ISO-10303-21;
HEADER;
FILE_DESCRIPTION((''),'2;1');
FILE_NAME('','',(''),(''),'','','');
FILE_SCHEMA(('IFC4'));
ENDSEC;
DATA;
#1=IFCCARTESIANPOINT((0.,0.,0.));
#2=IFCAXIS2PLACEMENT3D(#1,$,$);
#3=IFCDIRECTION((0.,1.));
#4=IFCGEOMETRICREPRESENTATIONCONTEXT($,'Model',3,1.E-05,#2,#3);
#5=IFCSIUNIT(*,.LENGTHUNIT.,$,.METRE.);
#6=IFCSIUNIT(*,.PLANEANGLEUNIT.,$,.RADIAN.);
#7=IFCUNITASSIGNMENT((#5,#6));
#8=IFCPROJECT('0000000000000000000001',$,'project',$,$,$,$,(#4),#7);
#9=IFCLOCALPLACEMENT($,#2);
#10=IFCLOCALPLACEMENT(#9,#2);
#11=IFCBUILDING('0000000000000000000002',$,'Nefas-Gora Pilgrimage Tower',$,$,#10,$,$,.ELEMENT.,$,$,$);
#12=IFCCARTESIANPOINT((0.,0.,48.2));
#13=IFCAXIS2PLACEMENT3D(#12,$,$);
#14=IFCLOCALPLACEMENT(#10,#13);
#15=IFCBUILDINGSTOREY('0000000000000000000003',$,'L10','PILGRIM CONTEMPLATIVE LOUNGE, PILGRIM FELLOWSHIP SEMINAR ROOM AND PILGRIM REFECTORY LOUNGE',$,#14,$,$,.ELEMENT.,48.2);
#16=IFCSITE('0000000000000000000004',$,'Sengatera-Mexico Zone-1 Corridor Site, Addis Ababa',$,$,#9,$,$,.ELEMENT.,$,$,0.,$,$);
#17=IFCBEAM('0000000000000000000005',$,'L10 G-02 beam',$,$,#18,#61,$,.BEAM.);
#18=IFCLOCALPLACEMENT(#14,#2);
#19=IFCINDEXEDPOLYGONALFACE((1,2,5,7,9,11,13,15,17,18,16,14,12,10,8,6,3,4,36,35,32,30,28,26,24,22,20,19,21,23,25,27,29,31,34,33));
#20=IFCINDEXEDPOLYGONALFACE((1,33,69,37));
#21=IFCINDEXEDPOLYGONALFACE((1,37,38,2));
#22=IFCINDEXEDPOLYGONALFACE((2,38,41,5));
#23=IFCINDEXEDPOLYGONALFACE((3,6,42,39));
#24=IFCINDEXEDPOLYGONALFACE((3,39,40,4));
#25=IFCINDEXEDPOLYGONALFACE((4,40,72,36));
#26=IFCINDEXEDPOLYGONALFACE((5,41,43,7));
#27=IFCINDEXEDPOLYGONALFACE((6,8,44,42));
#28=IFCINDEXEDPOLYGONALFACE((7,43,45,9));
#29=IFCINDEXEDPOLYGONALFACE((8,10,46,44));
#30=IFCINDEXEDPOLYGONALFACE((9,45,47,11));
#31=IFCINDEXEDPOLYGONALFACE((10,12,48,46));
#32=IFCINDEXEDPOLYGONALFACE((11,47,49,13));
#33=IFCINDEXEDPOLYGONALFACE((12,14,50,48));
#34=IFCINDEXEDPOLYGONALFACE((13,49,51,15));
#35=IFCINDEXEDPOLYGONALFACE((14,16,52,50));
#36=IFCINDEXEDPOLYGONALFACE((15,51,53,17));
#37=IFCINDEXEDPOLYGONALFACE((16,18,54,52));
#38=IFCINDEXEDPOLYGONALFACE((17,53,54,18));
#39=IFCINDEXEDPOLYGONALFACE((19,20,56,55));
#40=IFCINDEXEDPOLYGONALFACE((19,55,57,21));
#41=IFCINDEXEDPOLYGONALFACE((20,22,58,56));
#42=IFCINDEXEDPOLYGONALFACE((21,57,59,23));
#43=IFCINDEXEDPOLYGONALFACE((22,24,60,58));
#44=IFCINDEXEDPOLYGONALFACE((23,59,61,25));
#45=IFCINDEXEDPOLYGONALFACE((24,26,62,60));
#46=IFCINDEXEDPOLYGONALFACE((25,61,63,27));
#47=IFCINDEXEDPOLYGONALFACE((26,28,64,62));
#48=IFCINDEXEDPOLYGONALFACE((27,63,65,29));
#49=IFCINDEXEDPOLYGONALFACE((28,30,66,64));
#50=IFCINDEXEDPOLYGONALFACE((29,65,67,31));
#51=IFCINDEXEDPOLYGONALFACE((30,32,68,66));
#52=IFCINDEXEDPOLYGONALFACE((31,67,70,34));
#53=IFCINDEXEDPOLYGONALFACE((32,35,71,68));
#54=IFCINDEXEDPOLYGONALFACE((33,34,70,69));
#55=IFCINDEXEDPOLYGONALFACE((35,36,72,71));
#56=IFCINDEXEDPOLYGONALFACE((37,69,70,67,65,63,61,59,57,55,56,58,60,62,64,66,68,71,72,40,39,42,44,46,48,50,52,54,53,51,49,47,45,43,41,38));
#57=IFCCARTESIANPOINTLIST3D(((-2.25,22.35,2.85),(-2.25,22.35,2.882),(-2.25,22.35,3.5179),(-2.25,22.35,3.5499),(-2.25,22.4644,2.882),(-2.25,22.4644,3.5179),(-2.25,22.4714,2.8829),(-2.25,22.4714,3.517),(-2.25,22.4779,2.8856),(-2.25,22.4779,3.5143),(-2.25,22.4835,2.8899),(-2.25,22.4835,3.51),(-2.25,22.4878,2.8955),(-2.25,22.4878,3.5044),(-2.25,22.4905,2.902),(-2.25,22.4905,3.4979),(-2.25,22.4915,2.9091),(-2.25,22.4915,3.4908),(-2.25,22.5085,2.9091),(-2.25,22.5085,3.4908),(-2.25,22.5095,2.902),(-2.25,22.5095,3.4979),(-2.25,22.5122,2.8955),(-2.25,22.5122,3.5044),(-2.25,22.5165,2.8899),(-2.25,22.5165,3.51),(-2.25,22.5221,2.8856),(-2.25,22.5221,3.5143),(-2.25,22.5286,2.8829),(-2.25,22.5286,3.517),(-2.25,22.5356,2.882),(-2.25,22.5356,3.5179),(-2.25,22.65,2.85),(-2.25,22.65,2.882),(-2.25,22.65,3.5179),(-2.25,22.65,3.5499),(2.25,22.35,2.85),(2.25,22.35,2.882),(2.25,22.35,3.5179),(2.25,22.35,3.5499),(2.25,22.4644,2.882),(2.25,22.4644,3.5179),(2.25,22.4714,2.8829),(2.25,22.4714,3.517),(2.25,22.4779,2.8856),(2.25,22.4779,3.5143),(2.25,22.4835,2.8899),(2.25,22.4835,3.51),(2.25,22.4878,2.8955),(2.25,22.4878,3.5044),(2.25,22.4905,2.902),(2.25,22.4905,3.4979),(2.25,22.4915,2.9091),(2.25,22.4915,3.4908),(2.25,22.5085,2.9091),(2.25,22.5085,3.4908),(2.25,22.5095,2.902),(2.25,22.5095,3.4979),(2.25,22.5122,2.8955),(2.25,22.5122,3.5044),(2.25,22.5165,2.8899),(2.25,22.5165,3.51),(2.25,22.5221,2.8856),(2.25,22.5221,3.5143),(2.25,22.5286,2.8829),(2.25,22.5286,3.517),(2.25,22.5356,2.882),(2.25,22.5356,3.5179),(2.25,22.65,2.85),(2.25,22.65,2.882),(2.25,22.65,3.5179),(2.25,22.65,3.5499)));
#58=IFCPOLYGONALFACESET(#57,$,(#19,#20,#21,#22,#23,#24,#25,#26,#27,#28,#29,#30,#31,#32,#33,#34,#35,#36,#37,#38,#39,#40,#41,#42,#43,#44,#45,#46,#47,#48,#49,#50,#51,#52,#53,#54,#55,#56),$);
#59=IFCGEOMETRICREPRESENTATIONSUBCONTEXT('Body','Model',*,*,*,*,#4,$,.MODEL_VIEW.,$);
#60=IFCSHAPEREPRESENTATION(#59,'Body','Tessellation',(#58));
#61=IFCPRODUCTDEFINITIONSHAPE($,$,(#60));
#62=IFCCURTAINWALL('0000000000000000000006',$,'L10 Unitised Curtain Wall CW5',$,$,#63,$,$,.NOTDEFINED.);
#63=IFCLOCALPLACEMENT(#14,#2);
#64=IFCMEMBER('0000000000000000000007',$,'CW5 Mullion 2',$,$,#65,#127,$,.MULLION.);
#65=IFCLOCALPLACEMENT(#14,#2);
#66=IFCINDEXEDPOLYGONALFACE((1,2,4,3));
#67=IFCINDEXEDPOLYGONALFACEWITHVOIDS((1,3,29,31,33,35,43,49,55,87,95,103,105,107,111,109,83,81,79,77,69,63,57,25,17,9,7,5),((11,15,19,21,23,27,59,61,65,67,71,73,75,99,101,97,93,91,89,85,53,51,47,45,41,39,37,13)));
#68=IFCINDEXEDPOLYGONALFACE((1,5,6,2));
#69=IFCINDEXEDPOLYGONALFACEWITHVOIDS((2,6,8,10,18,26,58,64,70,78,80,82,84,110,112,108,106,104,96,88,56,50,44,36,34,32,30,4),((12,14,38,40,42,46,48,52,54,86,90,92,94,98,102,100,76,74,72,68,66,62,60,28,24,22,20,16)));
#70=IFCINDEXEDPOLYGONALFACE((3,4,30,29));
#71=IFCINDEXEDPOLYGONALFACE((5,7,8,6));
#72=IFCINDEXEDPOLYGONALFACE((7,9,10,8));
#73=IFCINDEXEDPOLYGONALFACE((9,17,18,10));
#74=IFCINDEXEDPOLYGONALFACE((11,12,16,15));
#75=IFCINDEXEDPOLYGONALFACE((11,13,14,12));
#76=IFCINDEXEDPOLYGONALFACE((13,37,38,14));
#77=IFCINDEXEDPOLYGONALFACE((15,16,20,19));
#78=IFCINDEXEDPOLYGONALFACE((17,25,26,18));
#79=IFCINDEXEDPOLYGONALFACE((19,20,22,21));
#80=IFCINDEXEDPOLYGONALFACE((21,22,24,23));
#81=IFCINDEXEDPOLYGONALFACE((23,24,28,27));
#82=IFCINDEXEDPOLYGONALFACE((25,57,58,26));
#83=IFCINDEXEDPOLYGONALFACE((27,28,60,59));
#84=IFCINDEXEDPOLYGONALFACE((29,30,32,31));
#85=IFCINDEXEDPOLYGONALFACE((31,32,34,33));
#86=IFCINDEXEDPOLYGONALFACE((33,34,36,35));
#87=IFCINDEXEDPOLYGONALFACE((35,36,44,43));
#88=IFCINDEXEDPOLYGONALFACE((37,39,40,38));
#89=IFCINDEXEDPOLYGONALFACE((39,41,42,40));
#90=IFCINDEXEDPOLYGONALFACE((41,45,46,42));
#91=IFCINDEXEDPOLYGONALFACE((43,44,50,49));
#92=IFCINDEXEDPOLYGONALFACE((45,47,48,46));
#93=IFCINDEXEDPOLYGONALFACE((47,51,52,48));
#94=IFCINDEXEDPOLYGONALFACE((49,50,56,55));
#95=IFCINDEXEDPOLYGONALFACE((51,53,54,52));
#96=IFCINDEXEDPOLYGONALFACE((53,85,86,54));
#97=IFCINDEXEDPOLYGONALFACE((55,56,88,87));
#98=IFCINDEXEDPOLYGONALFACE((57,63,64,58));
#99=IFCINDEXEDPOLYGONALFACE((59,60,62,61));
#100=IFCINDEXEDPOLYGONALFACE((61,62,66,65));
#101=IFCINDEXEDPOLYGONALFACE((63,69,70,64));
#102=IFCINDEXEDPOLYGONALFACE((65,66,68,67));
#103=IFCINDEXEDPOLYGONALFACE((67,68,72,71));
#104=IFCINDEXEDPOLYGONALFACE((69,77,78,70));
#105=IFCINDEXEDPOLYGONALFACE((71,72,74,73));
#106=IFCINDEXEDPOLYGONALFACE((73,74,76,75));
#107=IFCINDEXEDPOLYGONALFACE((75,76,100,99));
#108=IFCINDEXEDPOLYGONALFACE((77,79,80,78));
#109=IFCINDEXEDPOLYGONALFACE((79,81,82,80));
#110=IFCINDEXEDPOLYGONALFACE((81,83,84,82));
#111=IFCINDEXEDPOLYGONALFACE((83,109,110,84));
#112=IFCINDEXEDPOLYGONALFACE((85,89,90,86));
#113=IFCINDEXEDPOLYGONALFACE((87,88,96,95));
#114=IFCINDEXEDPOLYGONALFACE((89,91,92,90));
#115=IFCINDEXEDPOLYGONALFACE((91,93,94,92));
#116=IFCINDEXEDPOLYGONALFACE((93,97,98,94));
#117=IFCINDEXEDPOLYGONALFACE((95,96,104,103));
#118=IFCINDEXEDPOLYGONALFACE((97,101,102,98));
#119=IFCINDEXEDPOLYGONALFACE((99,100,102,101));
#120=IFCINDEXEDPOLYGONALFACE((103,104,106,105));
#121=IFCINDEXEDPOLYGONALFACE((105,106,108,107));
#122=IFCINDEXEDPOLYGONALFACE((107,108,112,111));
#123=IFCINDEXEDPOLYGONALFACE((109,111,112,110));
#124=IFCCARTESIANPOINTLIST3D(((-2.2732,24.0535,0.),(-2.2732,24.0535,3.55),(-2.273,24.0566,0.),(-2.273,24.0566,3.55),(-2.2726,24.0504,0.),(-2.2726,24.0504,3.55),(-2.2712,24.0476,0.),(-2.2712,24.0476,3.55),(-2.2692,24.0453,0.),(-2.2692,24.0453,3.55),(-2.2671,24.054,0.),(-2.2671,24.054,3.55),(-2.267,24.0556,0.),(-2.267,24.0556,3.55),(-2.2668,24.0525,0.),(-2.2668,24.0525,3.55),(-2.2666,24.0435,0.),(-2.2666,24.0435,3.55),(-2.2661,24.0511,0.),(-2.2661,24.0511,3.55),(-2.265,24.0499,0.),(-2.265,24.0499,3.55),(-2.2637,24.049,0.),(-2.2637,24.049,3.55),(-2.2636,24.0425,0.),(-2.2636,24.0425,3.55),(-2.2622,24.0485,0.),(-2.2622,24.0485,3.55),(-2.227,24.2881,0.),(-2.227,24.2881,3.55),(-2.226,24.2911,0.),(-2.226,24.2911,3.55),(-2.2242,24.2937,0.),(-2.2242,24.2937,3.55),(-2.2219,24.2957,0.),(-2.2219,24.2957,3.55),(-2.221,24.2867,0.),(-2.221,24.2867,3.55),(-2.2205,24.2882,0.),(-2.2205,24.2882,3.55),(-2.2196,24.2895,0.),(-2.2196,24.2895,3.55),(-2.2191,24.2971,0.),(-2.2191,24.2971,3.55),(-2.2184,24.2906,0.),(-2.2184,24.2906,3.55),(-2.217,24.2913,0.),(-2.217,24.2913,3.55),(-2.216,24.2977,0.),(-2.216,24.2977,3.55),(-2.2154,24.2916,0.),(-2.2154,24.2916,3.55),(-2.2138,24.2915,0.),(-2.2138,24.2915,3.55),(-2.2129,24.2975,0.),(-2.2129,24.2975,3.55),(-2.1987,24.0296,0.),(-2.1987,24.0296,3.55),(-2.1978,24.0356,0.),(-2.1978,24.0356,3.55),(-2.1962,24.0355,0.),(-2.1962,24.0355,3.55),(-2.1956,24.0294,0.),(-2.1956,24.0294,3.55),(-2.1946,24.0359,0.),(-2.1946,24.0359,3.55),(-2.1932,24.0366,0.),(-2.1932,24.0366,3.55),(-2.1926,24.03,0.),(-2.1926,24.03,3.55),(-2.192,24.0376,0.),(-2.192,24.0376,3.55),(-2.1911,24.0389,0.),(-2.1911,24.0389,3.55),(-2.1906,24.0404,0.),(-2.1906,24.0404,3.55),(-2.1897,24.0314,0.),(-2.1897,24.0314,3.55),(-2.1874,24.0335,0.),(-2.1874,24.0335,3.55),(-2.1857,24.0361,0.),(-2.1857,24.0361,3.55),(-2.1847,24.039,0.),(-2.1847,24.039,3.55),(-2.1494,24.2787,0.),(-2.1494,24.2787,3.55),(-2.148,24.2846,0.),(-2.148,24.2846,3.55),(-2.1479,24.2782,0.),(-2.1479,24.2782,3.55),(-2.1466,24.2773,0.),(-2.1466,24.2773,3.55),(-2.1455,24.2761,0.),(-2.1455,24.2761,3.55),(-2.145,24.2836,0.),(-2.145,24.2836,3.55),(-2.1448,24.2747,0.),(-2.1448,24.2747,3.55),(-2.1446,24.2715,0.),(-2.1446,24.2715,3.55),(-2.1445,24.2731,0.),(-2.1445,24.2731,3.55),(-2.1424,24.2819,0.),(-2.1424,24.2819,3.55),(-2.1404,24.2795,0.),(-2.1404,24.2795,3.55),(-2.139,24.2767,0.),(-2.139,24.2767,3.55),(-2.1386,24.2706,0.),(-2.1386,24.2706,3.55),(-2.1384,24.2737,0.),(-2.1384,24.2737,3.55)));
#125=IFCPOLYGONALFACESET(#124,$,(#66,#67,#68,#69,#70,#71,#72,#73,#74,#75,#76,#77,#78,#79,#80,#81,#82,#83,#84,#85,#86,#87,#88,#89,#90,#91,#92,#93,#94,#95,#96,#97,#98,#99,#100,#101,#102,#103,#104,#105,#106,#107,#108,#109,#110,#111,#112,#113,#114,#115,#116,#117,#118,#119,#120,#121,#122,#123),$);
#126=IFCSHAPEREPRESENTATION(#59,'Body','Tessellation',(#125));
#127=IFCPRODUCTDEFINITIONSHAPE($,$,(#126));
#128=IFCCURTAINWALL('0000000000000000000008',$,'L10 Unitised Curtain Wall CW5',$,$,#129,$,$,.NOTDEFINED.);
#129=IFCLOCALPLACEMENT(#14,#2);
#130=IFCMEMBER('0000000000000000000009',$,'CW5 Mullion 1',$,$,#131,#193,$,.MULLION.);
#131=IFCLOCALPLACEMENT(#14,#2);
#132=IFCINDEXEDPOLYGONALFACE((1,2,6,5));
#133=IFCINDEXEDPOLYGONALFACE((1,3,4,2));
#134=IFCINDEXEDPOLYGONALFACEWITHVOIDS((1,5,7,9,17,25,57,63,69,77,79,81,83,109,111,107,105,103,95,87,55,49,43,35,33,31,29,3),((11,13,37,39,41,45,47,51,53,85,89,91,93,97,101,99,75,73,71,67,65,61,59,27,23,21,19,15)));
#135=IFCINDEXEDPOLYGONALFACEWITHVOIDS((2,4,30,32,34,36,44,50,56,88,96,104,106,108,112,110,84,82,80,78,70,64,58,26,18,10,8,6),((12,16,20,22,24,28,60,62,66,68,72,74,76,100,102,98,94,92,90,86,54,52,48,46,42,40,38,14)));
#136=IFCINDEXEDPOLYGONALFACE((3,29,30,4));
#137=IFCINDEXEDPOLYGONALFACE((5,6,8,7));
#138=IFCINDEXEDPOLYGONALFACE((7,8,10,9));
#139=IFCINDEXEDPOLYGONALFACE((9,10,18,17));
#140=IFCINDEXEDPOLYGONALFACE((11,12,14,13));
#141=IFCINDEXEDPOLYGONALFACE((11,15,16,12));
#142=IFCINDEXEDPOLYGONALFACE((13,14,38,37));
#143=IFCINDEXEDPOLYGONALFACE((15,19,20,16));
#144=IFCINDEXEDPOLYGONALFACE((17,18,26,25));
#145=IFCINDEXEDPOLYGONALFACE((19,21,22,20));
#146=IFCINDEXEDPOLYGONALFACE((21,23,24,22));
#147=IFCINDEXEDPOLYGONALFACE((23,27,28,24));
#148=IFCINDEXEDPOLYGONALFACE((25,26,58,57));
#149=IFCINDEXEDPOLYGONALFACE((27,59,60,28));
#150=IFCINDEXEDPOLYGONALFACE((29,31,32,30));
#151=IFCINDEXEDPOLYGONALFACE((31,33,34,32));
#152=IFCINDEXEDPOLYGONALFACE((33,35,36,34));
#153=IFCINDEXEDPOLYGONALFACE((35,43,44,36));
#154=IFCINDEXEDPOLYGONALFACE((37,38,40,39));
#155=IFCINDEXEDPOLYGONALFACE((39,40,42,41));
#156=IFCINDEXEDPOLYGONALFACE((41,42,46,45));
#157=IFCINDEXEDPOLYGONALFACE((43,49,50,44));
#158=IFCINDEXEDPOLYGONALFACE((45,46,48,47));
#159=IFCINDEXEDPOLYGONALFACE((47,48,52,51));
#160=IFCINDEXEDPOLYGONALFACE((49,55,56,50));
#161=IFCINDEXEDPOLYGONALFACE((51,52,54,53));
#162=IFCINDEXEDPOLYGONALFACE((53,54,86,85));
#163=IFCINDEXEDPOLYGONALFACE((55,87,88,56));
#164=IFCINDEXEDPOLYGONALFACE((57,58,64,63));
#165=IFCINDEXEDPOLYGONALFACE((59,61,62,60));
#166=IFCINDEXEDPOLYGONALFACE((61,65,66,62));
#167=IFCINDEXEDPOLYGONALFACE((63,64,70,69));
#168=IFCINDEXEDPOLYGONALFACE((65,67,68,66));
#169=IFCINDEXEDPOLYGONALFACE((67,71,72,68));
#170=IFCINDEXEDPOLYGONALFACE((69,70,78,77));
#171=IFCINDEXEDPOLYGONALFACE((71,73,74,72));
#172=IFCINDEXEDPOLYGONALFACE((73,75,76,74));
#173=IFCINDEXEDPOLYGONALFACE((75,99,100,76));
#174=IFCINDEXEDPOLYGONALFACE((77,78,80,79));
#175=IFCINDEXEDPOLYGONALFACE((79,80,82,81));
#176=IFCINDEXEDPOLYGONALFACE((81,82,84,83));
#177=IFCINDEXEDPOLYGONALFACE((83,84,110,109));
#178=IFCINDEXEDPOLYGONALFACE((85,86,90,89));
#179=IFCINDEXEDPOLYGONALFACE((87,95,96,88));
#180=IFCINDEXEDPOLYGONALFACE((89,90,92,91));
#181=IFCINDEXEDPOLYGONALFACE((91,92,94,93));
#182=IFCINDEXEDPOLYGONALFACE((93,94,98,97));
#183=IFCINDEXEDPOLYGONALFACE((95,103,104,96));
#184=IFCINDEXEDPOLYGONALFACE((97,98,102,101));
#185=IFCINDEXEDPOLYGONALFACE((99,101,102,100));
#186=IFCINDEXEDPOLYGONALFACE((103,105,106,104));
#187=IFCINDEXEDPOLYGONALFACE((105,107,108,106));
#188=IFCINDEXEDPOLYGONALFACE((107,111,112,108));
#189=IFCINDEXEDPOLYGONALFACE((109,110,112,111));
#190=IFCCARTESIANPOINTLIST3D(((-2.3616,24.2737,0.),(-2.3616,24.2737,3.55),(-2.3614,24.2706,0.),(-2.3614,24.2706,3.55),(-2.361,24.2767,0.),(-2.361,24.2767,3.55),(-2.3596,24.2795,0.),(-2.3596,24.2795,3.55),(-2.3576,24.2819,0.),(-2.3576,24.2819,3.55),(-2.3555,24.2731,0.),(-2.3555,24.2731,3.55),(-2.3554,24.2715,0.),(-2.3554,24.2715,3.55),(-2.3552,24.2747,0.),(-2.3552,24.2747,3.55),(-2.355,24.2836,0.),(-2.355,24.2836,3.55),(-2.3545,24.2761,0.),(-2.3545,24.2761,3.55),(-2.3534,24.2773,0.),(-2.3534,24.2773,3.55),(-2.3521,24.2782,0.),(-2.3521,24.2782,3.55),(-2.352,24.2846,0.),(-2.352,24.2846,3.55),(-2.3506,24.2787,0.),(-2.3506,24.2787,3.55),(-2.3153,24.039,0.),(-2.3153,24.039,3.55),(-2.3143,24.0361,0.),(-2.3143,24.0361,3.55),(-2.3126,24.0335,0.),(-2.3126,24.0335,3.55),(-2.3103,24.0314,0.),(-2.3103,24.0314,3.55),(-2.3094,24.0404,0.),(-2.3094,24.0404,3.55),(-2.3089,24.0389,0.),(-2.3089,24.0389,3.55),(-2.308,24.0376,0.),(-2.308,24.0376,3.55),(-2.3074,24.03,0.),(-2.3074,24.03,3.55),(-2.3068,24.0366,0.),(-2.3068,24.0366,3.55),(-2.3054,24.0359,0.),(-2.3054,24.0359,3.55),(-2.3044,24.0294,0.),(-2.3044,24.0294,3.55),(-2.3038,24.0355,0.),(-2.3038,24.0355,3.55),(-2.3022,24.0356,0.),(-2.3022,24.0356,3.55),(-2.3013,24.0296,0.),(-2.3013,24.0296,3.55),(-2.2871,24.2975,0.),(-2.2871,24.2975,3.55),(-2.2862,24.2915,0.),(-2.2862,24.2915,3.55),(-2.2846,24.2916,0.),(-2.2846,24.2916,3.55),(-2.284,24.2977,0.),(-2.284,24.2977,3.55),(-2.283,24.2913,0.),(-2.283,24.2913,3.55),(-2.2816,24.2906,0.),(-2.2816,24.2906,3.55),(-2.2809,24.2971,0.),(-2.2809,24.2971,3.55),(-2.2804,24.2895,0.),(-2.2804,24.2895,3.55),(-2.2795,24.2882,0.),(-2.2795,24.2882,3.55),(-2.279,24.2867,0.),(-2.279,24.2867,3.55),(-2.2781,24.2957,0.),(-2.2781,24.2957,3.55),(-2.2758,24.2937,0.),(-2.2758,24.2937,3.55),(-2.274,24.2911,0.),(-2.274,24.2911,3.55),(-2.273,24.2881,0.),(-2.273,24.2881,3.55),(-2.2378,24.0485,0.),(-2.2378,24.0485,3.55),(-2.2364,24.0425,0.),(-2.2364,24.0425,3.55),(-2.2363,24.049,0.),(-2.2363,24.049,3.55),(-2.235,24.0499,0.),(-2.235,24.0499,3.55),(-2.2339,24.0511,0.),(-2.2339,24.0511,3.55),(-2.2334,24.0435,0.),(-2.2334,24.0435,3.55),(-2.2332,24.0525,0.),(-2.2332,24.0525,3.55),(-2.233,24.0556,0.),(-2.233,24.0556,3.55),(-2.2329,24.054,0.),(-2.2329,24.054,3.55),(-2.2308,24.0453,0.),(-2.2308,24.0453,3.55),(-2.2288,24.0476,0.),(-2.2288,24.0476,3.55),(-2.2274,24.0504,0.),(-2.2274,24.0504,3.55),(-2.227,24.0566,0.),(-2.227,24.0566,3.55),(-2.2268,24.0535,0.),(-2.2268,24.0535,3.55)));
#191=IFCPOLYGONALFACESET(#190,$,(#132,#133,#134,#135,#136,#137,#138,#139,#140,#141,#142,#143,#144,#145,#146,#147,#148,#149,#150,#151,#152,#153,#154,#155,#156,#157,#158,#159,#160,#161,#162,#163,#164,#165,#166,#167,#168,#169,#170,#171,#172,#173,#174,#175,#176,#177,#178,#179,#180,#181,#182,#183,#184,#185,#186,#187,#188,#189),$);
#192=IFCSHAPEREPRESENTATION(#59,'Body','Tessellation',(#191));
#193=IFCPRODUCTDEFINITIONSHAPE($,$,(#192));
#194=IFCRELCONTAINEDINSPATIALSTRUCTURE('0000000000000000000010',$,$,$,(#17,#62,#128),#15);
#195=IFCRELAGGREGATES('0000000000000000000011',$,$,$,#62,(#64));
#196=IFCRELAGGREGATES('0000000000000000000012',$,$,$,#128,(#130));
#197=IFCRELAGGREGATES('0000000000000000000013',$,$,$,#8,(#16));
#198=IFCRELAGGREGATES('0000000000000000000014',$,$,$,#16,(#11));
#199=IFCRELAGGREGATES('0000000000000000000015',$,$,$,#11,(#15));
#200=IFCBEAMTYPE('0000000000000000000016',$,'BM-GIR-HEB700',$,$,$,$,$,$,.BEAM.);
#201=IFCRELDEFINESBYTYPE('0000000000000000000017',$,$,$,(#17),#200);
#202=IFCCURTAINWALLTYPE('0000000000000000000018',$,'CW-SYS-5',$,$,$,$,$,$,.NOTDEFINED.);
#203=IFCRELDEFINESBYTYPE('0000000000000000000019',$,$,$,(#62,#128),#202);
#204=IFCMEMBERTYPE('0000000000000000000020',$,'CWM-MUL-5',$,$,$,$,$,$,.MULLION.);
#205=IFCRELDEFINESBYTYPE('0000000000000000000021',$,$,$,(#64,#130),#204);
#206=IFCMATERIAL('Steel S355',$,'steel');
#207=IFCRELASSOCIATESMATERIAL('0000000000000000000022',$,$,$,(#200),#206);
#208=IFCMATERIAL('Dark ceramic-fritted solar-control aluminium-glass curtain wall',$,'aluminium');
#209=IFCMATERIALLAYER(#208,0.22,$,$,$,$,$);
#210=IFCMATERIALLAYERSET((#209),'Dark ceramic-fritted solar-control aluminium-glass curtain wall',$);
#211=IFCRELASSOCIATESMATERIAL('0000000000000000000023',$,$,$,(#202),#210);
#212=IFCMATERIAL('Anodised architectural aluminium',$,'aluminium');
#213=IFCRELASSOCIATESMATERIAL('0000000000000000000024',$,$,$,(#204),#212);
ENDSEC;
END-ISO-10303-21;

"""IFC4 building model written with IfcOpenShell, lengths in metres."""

from ifc_helpers import new_model, si_unit, direction, frame, origin, origin_2d, place, context, subcontext, project, spatial, hollow_rectangle, i_section, extrude, source, transform, mapped, material, layer, layer_set, material_profile, profile_set, type_object, element, aggregate, save


model = new_model("IFC4")

# Units and contexts
model_context = context("Model", 3, precision=1e-05, world=origin(), true_north=direction((0.0, 1.0)))
body_context = subcontext(model_context, "Body", "Model", "MODEL_VIEW")
ifc_project = project(units=[si_unit("LENGTHUNIT", "METRE"), si_unit("PLANEANGLEUNIT", "RADIAN")], contexts=[model_context])

# Site, building, storey
site_placement = place(None, origin())
site = spatial("IfcSite", under=ifc_project, at=site_placement, Name="Sengatera-Mexico Zone-1 Corridor Site, Addis Ababa", CompositionType="ELEMENT", RefElevation=0.0)
building_placement = place(site_placement, origin())
building = spatial("IfcBuilding", under=site, at=building_placement, Name="Nefas-Gora Pilgrimage Tower", CompositionType="ELEMENT")
storey_placement = place(building_placement, frame((0.0, 0.0, 48.2)))
storey = spatial("IfcBuildingStorey", under=building, at=storey_placement, Name="L10", Description="PILGRIM CONTEMPLATIVE LOUNGE, PILGRIM FELLOWSHIP SEMINAR ROOM AND PILGRIM REFECTORY LOUNGE", CompositionType="ELEMENT", Elevation=48.2)

# Beam
ifc_material_1 = material(Name="Steel S355", Category="steel")
ifc_material_profile_1 = material_profile(ifc_material_1, i_section(OverallWidth=0.3, OverallDepth=0.7, WebThickness=0.0171, FlangeThickness=0.032, FilletRadius=0.0271, at=origin_2d()), Name="HEB 700")
ifc_profile_set_1 = profile_set([ifc_material_profile_1], Name="Steel S355")
beam_type = type_object("IfcBeamType", Name="BM-GIR-HEB700", PredefinedType="BEAM", material=ifc_profile_set_1)
shared_shape_1 = source(origin(), body_context, "Body", "SweptSolid", [
    extrude(i_section(OverallWidth=0.3, OverallDepth=0.7, WebThickness=0.0171, FlangeThickness=0.032, FilletRadius=0.0271, at=origin_2d()), origin(), (0.0, 0.0, 1.0), 4.5),
])
for number, where, z_axis, x_axis, name in (
    (1, (-2.25, 22.5, 3.2), (1.0, 0.0, 0.0), (0.0, 1.0, 0.0), "L10 G-02 beam"),
):
    element("IfcBeam", number, at=place(storey_placement, frame(where, z_axis=z_axis, x_axis=x_axis)), inside=storey, type_object=beam_type, Name=name, PredefinedType="BEAM", context=body_context, shape_type="MappedRepresentation", body=[
        mapped(shared_shape_1, transform((0.0, 0.0, 0.0), x_axis=(1.0, 0.0, 0.0), y_axis=(0.0, 1.0, 0.0), z_axis=(0.0, 0.0, 1.0), scale=1.0)),
    ])

# Curtain wall, member
ifc_material_2 = material(Name="Dark ceramic-fritted solar-control aluminium-glass curtain wall", Category="aluminium")
ifc_layer_1 = layer(ifc_material_2, 0.22)
ifc_layer_set_1 = layer_set([ifc_layer_1], Name="Dark ceramic-fritted solar-control aluminium-glass curtain wall")
curtain_wall_type = type_object("IfcCurtainWallType", Name="CW-SYS-5", PredefinedType="NOTDEFINED", material=ifc_layer_set_1)
curtain_wall_1_placement = place(storey_placement, origin())
curtain_wall_1 = element("IfcCurtainWall", 2, at=curtain_wall_1_placement, inside=storey, type_object=curtain_wall_type, Name="L10 Unitised Curtain Wall CW5", PredefinedType="NOTDEFINED")
ifc_material_3 = material(Name="Anodised architectural aluminium", Category="aluminium")
ifc_material_profile_2 = material_profile(ifc_material_3, hollow_rectangle(XDim=0.0901, YDim=0.26, WallThickness=0.0061, InnerFilletRadius=0.0061, OuterFilletRadius=0.012, at=origin_2d()), Name="ALU MULLION 90x260")
ifc_profile_set_2 = profile_set([ifc_material_profile_2], Name="Anodised architectural aluminium")
member_type_1 = type_object("IfcMemberType", Name="CWM-MUL-5", PredefinedType="MULLION", material=ifc_profile_set_2)
shared_shape_2 = source(origin(), body_context, "Body", "SweptSolid", [
    extrude(hollow_rectangle(XDim=0.0901, YDim=0.26, WallThickness=0.0061, InnerFilletRadius=0.0061, OuterFilletRadius=0.012, at=origin_2d()), origin(), (0.0, 0.0, 1.0), 3.55),
])
member_1_placement = place(storey_placement, frame((-2.2058, 24.1636, 0.0), z_axis=(0.0, 0.0, 1.0), x_axis=(-0.980783, 0.195102, 0.0)))
member_1 = element("IfcMember", 3, at=member_1_placement, type_object=member_type_1, Name="CW5 Mullion 2", PredefinedType="MULLION", context=body_context, shape_type="MappedRepresentation", body=[
    mapped(shared_shape_2, transform((0.0, 0.0, 0.0), x_axis=(1.0, 0.0, 0.0), y_axis=(0.0, 1.0, 0.0), z_axis=(0.0, 0.0, 1.0), scale=1.0)),
])

# Curtain wall, member
curtain_wall_2_placement = place(storey_placement, origin())
curtain_wall_2 = element("IfcCurtainWall", 4, at=curtain_wall_2_placement, inside=storey, type_object=curtain_wall_type, Name="L10 Unitised Curtain Wall CW5", PredefinedType="NOTDEFINED")
member_2_placement = place(storey_placement, frame((-2.2942, 24.1636, 0.0), z_axis=(0.0, 0.0, 1.0), x_axis=(-0.980783, -0.195102, 0.0)))
member_2 = element("IfcMember", 5, at=member_2_placement, type_object=member_type_1, Name="CW5 Mullion 1", PredefinedType="MULLION", context=body_context, shape_type="MappedRepresentation", body=[
    mapped(shared_shape_2, transform((0.0, 0.0, 0.0), x_axis=(1.0, 0.0, 0.0), y_axis=(0.0, 1.0, 0.0), z_axis=(0.0, 0.0, 1.0), scale=1.0)),
])

aggregate(curtain_wall_1, [member_1])
aggregate(curtain_wall_2, [member_2])

save(model, "model.ifc")
